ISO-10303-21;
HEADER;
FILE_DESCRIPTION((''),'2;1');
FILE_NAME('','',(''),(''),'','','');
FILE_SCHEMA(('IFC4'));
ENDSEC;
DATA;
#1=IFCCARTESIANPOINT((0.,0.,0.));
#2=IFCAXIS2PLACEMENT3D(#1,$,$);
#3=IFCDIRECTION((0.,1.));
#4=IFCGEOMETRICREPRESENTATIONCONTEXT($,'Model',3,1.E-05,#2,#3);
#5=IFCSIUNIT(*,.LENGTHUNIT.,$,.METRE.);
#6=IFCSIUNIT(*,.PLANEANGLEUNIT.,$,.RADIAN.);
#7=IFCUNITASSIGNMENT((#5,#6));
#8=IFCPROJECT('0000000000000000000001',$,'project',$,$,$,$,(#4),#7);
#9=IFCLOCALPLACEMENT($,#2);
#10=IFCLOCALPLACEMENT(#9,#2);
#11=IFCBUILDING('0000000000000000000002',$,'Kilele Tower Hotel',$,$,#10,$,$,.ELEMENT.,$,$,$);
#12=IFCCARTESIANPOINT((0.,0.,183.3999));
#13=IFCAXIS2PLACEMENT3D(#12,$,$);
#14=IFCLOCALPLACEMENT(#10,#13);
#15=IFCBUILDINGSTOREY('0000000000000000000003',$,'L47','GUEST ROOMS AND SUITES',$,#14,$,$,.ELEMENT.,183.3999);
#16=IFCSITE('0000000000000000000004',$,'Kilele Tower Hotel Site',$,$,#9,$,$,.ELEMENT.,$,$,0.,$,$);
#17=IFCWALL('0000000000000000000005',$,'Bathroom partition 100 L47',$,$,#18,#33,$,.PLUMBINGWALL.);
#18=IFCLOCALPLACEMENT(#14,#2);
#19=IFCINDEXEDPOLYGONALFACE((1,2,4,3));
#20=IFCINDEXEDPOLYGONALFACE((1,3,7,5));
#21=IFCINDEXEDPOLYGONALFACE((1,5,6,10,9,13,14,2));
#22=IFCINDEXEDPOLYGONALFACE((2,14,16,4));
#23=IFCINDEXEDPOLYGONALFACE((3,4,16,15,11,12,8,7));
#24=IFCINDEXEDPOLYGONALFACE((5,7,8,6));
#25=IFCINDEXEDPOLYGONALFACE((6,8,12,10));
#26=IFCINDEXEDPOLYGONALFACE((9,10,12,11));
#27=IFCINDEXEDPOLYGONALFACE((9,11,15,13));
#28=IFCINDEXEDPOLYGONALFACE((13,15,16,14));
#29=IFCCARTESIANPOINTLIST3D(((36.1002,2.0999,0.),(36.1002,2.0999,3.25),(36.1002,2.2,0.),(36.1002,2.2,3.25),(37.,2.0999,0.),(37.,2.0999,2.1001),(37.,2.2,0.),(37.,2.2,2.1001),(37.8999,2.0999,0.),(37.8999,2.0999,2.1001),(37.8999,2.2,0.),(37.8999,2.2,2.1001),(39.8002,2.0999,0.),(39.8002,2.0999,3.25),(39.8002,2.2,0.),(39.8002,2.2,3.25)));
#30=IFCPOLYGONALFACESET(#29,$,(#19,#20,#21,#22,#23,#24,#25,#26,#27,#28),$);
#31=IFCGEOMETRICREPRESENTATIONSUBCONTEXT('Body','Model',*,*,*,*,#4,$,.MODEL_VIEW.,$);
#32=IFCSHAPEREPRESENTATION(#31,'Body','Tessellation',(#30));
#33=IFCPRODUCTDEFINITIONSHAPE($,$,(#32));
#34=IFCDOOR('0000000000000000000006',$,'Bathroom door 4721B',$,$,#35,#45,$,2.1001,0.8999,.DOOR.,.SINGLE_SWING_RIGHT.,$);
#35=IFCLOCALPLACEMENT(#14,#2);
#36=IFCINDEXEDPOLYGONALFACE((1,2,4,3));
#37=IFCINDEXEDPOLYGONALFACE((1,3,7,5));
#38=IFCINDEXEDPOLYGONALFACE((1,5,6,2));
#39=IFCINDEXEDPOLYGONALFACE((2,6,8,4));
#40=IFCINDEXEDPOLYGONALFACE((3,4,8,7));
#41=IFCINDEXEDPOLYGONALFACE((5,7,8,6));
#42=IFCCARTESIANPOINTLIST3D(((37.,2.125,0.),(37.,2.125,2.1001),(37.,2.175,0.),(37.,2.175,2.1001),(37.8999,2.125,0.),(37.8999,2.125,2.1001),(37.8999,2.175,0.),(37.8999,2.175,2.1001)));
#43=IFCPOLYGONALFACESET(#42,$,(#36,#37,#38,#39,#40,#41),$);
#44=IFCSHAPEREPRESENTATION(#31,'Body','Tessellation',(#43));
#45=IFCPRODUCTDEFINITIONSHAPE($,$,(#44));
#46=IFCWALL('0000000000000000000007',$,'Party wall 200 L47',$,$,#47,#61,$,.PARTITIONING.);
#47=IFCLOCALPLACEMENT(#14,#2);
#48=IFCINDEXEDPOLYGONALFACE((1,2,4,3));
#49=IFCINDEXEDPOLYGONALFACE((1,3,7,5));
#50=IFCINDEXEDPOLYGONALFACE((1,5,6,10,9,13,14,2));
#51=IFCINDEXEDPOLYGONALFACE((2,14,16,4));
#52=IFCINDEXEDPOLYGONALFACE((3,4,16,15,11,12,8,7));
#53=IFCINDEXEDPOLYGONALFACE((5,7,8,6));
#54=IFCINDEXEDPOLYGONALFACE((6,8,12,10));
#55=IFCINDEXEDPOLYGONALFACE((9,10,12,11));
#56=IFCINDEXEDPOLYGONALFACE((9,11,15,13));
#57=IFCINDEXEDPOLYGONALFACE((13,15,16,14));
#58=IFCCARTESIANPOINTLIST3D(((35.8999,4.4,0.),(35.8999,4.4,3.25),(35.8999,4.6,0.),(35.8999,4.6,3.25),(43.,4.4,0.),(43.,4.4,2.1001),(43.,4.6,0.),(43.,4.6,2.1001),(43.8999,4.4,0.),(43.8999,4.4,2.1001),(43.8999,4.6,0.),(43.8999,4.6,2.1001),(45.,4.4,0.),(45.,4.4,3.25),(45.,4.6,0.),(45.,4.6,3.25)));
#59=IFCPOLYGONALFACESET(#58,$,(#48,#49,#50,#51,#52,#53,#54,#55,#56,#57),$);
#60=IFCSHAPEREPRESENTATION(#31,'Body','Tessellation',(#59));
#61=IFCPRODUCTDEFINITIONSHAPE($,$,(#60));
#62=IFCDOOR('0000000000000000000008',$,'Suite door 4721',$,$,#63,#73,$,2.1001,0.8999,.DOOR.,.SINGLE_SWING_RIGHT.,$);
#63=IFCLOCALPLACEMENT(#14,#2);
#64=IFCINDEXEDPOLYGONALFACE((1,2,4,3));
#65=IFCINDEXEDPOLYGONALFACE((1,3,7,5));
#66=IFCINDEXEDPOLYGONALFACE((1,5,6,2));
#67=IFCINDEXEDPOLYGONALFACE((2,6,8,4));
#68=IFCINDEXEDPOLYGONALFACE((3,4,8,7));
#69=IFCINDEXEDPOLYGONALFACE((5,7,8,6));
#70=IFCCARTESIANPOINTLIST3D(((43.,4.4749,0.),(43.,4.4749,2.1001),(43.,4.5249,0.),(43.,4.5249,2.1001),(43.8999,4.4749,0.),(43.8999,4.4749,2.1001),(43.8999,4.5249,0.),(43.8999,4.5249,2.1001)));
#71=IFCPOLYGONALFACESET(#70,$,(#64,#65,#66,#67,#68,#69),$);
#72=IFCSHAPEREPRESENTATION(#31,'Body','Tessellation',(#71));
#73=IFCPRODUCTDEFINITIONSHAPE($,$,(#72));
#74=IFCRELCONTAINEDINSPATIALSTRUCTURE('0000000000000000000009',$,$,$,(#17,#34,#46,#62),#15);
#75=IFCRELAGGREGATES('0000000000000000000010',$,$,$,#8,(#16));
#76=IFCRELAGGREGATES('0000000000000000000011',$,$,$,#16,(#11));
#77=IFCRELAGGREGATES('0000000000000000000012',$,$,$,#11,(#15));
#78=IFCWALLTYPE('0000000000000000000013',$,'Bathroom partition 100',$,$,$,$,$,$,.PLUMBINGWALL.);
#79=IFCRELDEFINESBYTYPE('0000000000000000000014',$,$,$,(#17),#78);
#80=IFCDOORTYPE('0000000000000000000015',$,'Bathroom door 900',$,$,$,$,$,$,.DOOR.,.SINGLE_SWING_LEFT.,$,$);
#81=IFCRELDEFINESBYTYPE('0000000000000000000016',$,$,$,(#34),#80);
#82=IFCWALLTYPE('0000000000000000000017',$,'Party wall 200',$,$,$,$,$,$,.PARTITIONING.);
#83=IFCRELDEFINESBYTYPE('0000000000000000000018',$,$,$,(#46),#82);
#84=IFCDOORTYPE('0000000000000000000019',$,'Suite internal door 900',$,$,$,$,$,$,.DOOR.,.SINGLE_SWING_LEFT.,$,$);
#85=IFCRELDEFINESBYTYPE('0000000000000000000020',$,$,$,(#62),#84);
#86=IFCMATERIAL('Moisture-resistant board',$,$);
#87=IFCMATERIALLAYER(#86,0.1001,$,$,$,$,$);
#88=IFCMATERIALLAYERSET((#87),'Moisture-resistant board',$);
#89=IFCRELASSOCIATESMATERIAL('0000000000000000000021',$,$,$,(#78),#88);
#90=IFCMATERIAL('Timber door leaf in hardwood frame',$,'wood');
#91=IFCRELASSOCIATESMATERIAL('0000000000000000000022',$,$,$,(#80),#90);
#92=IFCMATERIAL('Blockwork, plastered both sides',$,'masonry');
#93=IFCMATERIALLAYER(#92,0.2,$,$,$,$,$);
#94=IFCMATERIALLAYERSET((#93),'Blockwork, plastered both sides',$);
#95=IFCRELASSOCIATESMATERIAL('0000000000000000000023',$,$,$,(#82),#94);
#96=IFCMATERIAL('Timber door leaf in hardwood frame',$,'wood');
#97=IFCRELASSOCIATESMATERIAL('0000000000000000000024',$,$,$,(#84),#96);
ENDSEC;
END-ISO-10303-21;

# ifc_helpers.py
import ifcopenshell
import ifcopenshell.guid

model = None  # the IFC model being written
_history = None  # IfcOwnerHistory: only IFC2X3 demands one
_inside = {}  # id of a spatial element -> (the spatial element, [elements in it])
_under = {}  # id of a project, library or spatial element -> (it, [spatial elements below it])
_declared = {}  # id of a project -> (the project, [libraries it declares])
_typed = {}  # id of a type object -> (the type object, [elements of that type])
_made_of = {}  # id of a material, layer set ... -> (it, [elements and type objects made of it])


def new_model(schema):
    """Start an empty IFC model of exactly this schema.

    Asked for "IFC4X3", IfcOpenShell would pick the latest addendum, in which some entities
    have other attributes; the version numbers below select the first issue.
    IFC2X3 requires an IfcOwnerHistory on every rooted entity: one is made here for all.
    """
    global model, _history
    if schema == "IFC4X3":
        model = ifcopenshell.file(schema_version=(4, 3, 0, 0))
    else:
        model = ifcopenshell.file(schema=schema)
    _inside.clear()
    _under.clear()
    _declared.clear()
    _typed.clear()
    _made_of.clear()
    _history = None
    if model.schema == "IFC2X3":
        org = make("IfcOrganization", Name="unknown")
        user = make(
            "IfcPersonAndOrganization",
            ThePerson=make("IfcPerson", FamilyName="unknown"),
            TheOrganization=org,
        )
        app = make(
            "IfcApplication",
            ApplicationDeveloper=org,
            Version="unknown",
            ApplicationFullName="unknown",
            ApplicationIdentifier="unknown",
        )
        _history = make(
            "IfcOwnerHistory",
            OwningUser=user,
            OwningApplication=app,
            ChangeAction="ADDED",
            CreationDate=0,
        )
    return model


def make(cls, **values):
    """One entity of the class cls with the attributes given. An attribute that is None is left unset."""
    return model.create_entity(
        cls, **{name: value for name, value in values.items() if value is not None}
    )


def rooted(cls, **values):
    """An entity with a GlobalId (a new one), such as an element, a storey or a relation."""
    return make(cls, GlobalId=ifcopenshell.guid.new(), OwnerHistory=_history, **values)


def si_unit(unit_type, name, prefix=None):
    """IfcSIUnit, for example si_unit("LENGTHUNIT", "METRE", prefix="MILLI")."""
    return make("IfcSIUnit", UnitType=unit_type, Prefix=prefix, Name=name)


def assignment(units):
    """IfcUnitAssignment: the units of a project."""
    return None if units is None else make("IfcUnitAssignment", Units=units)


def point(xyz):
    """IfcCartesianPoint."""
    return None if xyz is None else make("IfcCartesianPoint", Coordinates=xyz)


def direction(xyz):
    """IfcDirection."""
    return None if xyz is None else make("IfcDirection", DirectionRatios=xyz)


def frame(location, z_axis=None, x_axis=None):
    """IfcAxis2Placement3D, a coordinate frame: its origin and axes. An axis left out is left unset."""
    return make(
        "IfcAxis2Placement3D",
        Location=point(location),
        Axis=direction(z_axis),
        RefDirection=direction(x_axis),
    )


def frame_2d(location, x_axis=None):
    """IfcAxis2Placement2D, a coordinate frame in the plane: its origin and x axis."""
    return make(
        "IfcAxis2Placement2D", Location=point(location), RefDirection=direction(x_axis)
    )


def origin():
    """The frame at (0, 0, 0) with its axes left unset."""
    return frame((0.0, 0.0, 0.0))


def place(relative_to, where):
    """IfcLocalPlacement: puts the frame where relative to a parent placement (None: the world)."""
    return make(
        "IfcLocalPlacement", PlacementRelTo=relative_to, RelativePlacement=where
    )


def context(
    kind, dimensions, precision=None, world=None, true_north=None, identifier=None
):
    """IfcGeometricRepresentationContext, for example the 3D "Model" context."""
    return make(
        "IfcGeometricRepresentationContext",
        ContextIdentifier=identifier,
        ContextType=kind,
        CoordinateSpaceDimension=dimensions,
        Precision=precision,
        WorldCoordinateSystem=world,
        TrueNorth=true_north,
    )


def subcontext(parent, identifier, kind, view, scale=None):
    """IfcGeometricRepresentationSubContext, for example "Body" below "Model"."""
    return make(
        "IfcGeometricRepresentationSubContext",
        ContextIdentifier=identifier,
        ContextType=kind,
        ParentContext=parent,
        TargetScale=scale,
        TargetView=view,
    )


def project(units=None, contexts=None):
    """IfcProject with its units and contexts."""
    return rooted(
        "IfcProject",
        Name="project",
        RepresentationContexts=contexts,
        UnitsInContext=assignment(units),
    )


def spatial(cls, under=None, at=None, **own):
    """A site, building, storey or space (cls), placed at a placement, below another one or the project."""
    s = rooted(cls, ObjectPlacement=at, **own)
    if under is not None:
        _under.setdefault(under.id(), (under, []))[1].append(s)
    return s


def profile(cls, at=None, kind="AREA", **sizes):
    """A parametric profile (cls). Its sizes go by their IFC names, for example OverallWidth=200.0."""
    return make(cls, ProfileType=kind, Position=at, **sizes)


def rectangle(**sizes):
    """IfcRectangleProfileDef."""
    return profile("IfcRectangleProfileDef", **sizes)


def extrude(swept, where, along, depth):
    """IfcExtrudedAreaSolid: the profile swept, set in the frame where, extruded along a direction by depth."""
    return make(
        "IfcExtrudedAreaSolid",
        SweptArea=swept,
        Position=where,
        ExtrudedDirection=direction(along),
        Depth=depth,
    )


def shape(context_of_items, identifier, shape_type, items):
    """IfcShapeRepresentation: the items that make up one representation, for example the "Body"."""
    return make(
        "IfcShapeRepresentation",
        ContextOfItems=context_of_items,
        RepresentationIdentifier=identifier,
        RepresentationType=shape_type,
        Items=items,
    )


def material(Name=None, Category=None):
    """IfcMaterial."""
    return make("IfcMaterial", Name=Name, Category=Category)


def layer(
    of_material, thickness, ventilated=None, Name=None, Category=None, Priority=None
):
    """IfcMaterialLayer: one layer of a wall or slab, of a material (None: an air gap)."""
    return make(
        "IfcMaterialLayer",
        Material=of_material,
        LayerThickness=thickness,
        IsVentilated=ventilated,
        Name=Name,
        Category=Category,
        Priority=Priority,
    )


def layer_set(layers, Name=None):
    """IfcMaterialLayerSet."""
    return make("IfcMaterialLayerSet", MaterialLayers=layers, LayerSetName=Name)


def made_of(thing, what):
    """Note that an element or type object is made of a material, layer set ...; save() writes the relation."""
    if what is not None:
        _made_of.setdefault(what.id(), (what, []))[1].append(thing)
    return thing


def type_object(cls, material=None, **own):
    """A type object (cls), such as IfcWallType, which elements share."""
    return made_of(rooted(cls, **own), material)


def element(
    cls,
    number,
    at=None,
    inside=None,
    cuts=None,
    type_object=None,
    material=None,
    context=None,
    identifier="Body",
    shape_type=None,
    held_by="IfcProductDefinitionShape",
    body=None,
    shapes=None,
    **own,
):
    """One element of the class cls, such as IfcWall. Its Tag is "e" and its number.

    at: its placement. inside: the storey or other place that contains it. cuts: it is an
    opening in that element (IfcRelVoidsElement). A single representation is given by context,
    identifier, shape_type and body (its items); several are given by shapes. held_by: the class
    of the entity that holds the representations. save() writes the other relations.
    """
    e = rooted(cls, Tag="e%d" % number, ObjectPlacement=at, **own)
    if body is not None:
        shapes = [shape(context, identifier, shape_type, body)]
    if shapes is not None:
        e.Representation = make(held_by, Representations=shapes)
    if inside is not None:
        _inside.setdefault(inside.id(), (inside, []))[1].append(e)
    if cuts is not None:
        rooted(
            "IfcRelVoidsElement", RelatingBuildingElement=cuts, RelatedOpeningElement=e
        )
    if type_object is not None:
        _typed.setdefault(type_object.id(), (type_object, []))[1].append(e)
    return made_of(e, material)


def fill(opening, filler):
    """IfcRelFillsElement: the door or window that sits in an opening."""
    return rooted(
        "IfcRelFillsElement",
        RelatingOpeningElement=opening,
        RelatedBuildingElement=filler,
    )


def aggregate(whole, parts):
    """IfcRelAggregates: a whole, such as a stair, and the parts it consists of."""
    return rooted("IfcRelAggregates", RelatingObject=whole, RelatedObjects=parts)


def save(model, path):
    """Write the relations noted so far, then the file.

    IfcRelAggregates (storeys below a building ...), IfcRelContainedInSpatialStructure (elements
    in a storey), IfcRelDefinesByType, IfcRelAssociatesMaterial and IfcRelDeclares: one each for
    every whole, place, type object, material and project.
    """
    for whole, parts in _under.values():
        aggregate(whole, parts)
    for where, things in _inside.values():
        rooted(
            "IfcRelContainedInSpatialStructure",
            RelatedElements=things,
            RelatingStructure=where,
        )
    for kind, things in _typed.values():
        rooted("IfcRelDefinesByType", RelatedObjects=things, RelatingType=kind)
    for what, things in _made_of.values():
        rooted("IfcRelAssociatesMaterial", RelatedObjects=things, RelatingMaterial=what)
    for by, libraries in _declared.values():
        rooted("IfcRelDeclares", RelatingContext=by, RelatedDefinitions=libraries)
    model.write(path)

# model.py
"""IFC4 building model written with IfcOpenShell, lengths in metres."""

from ifc_helpers import new_model, si_unit, direction, frame, frame_2d, origin, place, context, subcontext, project, spatial, rectangle, extrude, material, layer, layer_set, type_object, element, fill, save


model = new_model("IFC4")

# Units and contexts
model_context = context("Model", 3, precision=1e-05, world=origin(), true_north=direction((0.0, 1.0)))
body_context = subcontext(model_context, "Body", "Model", "MODEL_VIEW")
ifc_project = project(units=[si_unit("LENGTHUNIT", "METRE"), si_unit("PLANEANGLEUNIT", "RADIAN")], contexts=[model_context])

# Site, building, storey
site_placement = place(None, origin())
site = spatial("IfcSite", under=ifc_project, at=site_placement, Name="Kilele Tower Hotel Site", CompositionType="ELEMENT", RefElevation=0.0)
building_placement = place(site_placement, origin())
building = spatial("IfcBuilding", under=site, at=building_placement, Name="Kilele Tower Hotel", CompositionType="ELEMENT")
storey_placement = place(building_placement, frame((0.0, 0.0, 183.3999)))
storey = spatial("IfcBuildingStorey", under=building, at=storey_placement, Name="L47", Description="GUEST ROOMS AND SUITES", CompositionType="ELEMENT", Elevation=183.3999)

# Shared definitions
ifc_material_1 = material(Name="Moisture-resistant board")
ifc_layer_1 = layer(ifc_material_1, 0.1001)
ifc_layer_set_1 = layer_set([ifc_layer_1], Name="Moisture-resistant board")
wall_type_1 = type_object("IfcWallType", Name="Bathroom partition 100", PredefinedType="PLUMBINGWALL", material=ifc_layer_set_1)

# Walls, openings, doors
ifc_material_2 = material(Name="Timber door leaf in hardwood frame", Category="wood")
door_type_1 = type_object("IfcDoorType", Name="Bathroom door 900", OperationType="SINGLE_SWING_LEFT", PredefinedType="DOOR", material=ifc_material_2)
wall_1_placement = place(storey_placement, frame((36.1001, 2.1499, 0.0), z_axis=(0.0, 0.0, 1.0), x_axis=(1.0, 0.0, 0.0)))
wall_1 = element("IfcWall", 1, at=wall_1_placement, inside=storey, type_object=wall_type_1, Name="Bathroom partition 100 L47", PredefinedType="PLUMBINGWALL", context=body_context, shape_type="SweptSolid", body=[
    extrude(rectangle(XDim=3.7, YDim=0.1001, at=frame_2d((1.8501, 0.0))), origin(), (0.0, 0.0, 1.0), 3.25),
])
opening_1_placement = place(wall_1_placement, frame((1.7998, 0.0, 0.0), z_axis=(0.0, 0.0, 1.0), x_axis=(-1.0, 0.0, 0.0)))
opening_1 = element("IfcOpeningElement", 2, at=opening_1_placement, cuts=wall_1, PredefinedType="OPENING", context=body_context, shape_type="SweptSolid", body=[
    extrude(rectangle(XDim=0.8999, YDim=2.1001, at=frame_2d((0.45, 1.05))), frame((0.0, 0.0601, 0.0), z_axis=(0.0, -1.0, 0.0), x_axis=(1.0, 0.0, 0.0)), (0.0, 0.0, 1.0), 0.1201),
])
door_1_placement = place(opening_1_placement, origin())
door_1 = element("IfcDoor", 3, at=door_1_placement, inside=storey, type_object=door_type_1, Name="Bathroom door 4721B", OperationType="SINGLE_SWING_RIGHT", OverallHeight=2.1001, OverallWidth=0.8999, PredefinedType="DOOR", context=body_context, shape_type="SweptSolid", body=[
    extrude(rectangle(XDim=0.8999, YDim=2.1001, at=frame_2d((0.45, 1.05))), frame((0.0, 0.0249, 0.0), z_axis=(0.0, -1.0, 0.0), x_axis=(1.0, 0.0, 0.0)), (0.0, 0.0, 1.0), 0.05),
])
fill(opening_1, door_1)
ifc_material_3 = material(Name="Blockwork, plastered both sides", Category="masonry")
ifc_layer_2 = layer(ifc_material_3, 0.2)
ifc_layer_set_2 = layer_set([ifc_layer_2], Name="Blockwork, plastered both sides")
wall_type_2 = type_object("IfcWallType", Name="Party wall 200", PredefinedType="PARTITIONING", material=ifc_layer_set_2)
wall_2_placement = place(storey_placement, frame((35.8999, 4.5, 0.0), z_axis=(0.0, 0.0, 1.0), x_axis=(1.0, 0.0, 0.0)))
wall_2 = element("IfcWall", 4, at=wall_2_placement, inside=storey, type_object=wall_type_2, Name="Party wall 200 L47", PredefinedType="PARTITIONING", context=body_context, shape_type="SweptSolid", body=[
    extrude(rectangle(XDim=9.1001, YDim=0.2, at=frame_2d((4.55, 0.0))), origin(), (0.0, 0.0, 1.0), 3.25),
])
opening_2_placement = place(wall_2_placement, frame((7.1001, 0.0, 0.0)))
opening_2 = element("IfcOpeningElement", 5, at=opening_2_placement, cuts=wall_2, PredefinedType="OPENING", context=body_context, shape_type="SweptSolid", body=[
    extrude(rectangle(XDim=0.8999, YDim=2.1001, at=frame_2d((0.45, 1.05))), frame((0.0, 0.1099, 0.0), z_axis=(0.0, -1.0, 0.0), x_axis=(1.0, 0.0, 0.0)), (0.0, 0.0, 1.0), 0.22),
])
ifc_material_4 = material(Name="Timber door leaf in hardwood frame", Category="wood")
door_type_2 = type_object("IfcDoorType", Name="Suite internal door 900", OperationType="SINGLE_SWING_LEFT", PredefinedType="DOOR", material=ifc_material_4)
door_2_placement = place(opening_2_placement, origin())
door_2 = element("IfcDoor", 6, at=door_2_placement, inside=storey, type_object=door_type_2, Name="Suite door 4721", OperationType="SINGLE_SWING_RIGHT", OverallHeight=2.1001, OverallWidth=0.8999, PredefinedType="DOOR", context=body_context, shape_type="SweptSolid", body=[
    extrude(rectangle(XDim=0.8999, YDim=2.1001, at=frame_2d((0.45, 1.05))), frame((0.0, 0.0249, 0.0), z_axis=(0.0, -1.0, 0.0), x_axis=(1.0, 0.0, 0.0)), (0.0, 0.0, 1.0), 0.05),
])
fill(opening_2, door_2)

save(model, "model.ifc")
